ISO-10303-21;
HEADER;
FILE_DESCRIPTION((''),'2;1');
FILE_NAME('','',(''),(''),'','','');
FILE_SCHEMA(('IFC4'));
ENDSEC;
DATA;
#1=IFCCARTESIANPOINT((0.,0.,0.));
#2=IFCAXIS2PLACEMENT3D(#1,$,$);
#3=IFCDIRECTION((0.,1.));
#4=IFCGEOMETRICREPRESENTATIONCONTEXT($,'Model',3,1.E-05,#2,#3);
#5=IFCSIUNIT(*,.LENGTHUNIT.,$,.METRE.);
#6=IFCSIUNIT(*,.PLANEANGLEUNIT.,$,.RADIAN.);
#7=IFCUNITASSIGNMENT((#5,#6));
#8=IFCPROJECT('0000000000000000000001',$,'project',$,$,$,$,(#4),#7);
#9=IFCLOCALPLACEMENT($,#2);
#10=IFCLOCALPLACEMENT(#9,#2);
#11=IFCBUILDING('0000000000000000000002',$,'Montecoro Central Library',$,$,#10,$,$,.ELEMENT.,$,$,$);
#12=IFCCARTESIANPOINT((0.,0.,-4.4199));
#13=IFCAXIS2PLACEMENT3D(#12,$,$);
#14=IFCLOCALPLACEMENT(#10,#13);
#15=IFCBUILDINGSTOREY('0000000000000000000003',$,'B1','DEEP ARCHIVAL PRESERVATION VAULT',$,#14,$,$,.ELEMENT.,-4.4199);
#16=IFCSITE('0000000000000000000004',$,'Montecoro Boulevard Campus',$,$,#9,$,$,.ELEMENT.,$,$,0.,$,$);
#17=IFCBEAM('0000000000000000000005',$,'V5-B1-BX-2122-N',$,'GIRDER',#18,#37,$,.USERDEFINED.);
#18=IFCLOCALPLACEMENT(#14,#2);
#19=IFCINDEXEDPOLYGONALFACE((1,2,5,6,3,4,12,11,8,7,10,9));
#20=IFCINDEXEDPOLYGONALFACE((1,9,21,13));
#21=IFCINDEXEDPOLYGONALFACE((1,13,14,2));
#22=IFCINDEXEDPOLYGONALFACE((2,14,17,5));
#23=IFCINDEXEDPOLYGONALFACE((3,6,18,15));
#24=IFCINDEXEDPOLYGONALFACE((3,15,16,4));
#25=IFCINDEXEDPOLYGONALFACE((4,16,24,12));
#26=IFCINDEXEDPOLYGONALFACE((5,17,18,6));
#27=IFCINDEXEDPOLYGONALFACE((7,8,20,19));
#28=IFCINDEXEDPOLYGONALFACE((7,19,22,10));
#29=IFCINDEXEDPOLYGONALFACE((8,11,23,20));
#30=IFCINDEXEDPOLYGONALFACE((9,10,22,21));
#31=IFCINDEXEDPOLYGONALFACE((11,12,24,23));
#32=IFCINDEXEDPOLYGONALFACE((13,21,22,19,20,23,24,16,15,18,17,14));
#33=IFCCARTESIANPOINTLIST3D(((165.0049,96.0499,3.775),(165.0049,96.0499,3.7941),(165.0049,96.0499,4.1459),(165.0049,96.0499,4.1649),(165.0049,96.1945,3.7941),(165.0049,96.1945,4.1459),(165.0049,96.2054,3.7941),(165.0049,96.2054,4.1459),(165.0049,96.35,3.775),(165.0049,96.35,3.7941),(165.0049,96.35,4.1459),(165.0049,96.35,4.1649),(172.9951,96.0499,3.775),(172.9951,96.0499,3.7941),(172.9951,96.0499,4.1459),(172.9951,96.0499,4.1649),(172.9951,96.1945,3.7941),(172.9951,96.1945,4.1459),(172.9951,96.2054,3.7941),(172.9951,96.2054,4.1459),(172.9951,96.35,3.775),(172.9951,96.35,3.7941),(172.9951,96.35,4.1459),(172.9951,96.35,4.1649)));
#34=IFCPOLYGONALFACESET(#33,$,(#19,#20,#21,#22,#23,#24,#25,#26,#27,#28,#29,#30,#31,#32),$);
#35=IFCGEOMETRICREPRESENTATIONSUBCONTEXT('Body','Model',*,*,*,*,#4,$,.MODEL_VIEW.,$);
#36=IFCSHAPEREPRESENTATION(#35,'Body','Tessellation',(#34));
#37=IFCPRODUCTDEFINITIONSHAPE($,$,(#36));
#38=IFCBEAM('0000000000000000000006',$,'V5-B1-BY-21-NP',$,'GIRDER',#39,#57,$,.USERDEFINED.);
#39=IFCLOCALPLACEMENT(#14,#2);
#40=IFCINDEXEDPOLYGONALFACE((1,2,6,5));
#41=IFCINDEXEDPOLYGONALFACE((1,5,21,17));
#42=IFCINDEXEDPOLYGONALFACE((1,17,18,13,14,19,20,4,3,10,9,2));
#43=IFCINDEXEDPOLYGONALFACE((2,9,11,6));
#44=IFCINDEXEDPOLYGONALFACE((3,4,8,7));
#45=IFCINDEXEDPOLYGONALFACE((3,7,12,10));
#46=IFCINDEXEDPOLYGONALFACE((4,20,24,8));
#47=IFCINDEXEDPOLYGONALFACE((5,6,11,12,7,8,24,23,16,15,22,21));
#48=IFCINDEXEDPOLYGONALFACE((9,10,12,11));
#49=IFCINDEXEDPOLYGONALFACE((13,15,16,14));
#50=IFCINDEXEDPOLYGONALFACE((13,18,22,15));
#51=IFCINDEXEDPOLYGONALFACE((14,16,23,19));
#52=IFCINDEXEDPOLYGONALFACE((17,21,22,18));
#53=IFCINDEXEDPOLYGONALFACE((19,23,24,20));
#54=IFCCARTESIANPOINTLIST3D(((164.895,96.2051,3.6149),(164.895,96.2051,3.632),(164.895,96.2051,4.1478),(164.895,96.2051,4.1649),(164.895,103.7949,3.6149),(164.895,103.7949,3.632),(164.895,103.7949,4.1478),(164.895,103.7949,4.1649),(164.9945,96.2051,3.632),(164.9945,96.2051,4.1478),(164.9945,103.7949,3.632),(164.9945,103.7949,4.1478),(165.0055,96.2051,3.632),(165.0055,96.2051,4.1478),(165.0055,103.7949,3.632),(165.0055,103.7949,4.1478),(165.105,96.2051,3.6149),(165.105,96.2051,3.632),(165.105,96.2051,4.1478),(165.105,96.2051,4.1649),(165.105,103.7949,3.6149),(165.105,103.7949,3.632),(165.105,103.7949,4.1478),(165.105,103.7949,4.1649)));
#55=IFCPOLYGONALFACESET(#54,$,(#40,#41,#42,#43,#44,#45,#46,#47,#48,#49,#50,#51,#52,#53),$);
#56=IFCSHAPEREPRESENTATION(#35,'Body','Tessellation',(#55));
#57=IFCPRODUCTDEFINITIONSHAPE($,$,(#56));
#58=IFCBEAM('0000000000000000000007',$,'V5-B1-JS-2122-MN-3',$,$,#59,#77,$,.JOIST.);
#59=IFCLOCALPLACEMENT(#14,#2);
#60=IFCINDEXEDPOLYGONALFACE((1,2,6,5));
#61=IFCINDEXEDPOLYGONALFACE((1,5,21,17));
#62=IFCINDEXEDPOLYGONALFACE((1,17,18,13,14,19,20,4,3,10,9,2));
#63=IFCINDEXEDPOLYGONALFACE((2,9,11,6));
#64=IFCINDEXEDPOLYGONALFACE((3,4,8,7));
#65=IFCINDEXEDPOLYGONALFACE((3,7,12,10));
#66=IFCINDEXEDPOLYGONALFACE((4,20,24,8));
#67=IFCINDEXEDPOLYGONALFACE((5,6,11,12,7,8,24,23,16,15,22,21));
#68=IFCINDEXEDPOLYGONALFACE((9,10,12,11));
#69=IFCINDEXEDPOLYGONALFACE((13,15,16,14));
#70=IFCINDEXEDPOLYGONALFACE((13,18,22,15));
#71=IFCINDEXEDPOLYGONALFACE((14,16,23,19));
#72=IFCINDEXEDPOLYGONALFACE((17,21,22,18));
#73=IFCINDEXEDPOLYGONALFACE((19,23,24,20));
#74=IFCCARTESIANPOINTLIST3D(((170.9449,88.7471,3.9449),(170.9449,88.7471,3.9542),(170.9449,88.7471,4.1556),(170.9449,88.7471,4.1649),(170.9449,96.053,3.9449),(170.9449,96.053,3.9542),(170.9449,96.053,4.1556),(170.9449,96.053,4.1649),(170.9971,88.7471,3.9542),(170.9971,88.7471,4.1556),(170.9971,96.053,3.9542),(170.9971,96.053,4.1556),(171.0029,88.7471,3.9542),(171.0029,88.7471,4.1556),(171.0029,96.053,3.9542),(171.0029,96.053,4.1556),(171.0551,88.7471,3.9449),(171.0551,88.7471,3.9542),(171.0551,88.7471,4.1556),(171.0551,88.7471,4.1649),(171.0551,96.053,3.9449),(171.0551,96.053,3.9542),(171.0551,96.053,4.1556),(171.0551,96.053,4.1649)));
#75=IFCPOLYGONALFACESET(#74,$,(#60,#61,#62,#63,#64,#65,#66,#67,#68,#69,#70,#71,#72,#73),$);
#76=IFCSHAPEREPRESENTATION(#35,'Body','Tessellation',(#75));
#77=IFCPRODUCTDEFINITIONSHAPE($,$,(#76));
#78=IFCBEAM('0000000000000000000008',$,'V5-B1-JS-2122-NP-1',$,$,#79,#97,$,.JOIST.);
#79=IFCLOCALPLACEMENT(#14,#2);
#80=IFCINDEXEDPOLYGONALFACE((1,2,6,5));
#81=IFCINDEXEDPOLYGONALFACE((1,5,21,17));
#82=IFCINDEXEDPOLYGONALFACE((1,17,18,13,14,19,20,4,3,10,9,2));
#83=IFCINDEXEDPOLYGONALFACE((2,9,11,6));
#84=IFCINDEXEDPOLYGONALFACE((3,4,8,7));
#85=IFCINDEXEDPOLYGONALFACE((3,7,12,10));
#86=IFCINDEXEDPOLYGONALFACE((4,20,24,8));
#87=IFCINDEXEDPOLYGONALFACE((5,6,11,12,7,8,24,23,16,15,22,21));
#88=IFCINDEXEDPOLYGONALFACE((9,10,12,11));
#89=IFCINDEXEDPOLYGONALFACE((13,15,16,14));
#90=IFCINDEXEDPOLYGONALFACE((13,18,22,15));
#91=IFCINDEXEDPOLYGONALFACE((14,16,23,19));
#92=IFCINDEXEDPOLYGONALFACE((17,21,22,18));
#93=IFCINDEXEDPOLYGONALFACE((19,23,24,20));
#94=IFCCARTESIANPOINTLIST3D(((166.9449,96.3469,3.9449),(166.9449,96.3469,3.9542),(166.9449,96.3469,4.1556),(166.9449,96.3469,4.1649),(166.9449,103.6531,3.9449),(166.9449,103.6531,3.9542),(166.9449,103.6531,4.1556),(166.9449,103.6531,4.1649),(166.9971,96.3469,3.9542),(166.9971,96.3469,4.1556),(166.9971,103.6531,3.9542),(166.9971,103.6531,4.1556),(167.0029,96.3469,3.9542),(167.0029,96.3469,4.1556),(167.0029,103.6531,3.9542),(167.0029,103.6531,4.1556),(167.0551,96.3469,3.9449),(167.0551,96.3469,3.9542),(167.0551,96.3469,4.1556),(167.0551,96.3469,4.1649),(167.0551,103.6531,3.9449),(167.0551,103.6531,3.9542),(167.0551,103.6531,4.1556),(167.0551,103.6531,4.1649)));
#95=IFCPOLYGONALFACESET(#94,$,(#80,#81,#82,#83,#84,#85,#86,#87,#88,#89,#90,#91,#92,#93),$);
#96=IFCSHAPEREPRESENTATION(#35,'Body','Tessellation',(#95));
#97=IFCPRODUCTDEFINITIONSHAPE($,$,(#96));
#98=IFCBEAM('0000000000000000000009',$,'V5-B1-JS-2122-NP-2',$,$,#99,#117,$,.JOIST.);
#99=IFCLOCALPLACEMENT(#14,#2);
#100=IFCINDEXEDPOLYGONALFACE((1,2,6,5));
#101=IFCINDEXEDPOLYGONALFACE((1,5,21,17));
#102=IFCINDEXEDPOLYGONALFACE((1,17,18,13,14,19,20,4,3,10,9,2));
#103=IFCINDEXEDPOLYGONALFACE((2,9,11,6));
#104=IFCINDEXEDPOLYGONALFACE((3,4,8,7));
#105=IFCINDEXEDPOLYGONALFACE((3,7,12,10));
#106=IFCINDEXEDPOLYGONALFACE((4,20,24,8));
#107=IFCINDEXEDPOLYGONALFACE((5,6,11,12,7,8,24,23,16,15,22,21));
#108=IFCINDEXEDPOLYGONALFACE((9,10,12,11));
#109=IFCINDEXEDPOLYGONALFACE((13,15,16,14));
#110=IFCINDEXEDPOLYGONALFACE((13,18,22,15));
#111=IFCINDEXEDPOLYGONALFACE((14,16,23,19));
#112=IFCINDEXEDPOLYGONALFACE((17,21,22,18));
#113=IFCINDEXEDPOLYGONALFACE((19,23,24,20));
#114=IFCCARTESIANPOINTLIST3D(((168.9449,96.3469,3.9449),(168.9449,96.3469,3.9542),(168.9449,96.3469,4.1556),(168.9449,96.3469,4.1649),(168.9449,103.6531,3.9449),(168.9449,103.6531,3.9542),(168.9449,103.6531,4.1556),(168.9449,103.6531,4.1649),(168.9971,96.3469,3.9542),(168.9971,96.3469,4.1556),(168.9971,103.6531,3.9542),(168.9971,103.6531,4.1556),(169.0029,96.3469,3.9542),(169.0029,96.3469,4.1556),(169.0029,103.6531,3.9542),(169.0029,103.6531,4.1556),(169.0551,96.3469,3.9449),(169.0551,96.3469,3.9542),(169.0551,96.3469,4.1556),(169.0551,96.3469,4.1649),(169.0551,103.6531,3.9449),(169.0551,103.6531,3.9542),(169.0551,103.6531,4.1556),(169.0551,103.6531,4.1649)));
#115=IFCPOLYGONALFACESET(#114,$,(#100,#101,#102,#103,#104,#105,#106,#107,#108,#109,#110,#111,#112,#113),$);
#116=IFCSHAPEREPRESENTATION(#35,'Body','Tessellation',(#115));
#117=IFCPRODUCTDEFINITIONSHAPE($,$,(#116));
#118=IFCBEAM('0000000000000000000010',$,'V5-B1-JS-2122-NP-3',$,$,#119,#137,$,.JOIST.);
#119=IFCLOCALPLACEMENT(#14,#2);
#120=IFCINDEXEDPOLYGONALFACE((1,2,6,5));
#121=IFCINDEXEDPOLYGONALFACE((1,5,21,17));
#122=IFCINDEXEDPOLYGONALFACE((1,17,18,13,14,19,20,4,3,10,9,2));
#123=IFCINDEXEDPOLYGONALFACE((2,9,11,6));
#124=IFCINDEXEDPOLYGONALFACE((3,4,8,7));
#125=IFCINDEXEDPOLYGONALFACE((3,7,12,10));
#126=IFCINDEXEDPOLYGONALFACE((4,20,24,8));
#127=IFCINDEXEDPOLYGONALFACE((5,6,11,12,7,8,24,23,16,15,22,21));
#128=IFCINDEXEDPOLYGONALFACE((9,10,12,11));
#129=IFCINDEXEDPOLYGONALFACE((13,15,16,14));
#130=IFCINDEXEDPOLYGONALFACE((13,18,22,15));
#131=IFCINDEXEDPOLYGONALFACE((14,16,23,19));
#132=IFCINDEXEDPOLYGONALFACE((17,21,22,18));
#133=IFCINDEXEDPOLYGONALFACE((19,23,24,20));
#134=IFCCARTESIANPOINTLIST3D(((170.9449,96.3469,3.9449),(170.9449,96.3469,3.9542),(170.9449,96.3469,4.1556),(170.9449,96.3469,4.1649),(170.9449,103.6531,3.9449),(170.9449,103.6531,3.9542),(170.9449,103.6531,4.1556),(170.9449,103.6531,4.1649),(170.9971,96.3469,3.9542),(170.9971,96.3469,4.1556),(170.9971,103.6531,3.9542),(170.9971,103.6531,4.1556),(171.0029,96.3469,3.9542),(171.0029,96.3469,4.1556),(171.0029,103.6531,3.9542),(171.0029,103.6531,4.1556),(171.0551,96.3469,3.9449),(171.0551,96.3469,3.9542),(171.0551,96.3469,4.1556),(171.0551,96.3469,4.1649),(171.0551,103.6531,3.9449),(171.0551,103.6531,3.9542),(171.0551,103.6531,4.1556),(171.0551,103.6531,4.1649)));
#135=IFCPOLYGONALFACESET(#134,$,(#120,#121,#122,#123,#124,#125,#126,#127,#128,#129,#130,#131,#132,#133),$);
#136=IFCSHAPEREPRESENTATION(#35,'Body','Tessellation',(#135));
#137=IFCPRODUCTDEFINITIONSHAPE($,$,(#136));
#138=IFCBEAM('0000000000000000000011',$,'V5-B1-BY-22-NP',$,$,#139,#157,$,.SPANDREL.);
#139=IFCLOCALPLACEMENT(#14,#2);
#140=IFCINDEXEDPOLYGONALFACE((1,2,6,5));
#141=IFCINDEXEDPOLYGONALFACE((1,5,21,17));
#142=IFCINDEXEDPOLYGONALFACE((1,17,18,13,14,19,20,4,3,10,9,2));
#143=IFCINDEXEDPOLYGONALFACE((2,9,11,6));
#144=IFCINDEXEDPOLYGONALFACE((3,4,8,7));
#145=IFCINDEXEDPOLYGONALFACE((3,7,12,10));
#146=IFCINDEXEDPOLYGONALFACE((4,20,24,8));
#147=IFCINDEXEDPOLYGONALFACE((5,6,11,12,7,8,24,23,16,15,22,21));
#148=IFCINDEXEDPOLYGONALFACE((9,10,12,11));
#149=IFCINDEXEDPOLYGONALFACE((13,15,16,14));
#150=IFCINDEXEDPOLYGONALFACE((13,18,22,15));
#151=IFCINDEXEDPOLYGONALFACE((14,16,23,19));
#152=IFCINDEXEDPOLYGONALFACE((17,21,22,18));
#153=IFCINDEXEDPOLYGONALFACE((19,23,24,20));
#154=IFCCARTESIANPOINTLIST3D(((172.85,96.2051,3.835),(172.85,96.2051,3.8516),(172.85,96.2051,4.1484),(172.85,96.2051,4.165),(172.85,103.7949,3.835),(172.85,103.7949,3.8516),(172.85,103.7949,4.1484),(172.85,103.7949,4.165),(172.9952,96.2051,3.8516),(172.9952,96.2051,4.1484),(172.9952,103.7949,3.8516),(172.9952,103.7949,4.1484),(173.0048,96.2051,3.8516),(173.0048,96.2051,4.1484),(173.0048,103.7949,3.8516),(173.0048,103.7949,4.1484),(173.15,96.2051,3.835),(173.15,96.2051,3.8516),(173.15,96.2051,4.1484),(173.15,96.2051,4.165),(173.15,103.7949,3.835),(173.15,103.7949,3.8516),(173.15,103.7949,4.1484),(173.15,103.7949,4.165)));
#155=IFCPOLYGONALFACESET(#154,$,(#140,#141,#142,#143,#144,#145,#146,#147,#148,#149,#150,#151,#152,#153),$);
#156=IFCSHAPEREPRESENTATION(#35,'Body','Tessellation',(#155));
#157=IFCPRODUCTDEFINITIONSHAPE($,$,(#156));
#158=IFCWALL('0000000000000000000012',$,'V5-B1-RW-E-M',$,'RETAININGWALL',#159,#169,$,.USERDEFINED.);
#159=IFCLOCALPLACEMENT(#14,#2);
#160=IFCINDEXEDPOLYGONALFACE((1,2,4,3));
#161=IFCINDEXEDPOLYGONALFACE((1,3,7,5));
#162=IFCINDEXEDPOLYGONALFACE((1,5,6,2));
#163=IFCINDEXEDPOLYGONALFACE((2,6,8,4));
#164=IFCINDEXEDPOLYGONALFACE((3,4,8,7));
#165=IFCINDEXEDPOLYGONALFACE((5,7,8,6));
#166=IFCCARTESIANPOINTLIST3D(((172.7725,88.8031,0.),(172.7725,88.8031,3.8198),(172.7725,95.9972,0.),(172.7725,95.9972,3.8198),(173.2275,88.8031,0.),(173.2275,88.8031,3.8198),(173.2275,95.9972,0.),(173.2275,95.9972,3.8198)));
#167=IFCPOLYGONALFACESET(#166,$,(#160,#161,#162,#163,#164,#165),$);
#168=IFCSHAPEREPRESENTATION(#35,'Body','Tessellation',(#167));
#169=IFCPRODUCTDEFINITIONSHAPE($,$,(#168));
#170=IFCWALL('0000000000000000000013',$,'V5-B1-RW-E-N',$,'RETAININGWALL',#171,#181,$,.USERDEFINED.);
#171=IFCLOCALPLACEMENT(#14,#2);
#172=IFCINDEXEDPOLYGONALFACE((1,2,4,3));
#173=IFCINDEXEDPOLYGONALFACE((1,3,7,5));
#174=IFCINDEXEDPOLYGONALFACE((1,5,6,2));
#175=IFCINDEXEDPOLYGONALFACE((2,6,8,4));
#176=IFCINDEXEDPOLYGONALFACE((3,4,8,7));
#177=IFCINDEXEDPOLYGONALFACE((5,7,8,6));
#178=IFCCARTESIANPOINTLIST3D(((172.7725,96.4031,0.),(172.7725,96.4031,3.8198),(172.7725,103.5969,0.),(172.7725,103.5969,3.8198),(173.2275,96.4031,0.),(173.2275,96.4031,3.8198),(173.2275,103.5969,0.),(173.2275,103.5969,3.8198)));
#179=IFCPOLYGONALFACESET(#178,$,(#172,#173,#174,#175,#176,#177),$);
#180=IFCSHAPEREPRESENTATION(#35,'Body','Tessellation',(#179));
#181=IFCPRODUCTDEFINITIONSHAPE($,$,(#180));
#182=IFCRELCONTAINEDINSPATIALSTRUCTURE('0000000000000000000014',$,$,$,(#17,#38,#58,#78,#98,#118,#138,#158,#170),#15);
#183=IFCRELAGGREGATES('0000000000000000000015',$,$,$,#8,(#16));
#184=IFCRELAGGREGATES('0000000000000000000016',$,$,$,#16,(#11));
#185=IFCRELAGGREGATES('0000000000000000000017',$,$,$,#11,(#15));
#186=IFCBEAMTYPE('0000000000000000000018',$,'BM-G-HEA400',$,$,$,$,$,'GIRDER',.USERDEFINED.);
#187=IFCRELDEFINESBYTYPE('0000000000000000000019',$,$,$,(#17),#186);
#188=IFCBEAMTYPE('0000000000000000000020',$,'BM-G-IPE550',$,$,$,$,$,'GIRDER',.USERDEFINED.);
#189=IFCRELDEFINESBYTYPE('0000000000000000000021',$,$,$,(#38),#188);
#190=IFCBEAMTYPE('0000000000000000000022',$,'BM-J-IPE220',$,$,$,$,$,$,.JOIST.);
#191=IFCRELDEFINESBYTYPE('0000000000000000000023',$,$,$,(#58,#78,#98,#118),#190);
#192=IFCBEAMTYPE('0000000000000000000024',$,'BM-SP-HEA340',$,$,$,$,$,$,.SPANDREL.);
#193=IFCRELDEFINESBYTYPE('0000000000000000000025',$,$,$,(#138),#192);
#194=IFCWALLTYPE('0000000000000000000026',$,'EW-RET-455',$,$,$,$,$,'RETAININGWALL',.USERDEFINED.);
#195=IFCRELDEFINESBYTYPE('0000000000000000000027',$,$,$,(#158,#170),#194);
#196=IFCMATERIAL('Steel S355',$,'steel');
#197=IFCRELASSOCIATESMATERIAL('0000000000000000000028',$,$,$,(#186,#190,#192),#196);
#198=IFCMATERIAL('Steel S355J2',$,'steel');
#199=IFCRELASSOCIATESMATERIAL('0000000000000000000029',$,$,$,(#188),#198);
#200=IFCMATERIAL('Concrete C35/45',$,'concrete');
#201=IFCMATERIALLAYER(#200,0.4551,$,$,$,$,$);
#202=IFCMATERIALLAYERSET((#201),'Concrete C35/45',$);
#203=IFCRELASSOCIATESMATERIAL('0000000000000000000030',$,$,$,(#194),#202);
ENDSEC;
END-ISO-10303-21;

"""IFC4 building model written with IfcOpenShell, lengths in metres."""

from ifc_helpers import new_model, si_unit, direction, frame, frame_2d, origin, origin_2d, place, context, subcontext, project, spatial, rectangle, i_section, extrude, material, layer, layer_set, material_profile, profile_set, type_object, element, save


model = new_model("IFC4")

# Units and contexts
model_context = context("Model", 3, precision=1e-05, world=origin(), true_north=direction((0.0, 1.0)))
body_context = subcontext(model_context, "Body", "Model", "MODEL_VIEW")
ifc_project = project(units=[si_unit("LENGTHUNIT", "METRE"), si_unit("PLANEANGLEUNIT", "RADIAN")], contexts=[model_context])

# Site, building, storey
site_placement = place(None, origin())
site = spatial("IfcSite", under=ifc_project, at=site_placement, Name="Montecoro Boulevard Campus", CompositionType="ELEMENT", RefElevation=0.0)
building_placement = place(site_placement, origin())
building = spatial("IfcBuilding", under=site, at=building_placement, Name="Montecoro Central Library", CompositionType="ELEMENT")
storey_placement = place(building_placement, frame((0.0, 0.0, -4.4199)))
storey = spatial("IfcBuildingStorey", under=building, at=storey_placement, Name="B1", Description="DEEP ARCHIVAL PRESERVATION VAULT", CompositionType="ELEMENT", Elevation=-4.4199)

# Shared definitions
ifc_material_1 = material(Name="Concrete C35/45", Category="concrete")

# Shared definitions
ifc_material_2 = material(Name="Steel S355J2", Category="steel")

# Beams
ifc_material_3 = material(Name="Steel S355", Category="steel")
ifc_material_profile_1 = material_profile(ifc_material_3, i_section(OverallWidth=0.3, OverallDepth=0.3899, WebThickness=0.011, FlangeThickness=0.019, at=origin_2d()), Name="HEA 400")
ifc_profile_set_1 = profile_set([ifc_material_profile_1], Name="Steel S355")
beam_type_1 = type_object("IfcBeamType", Name="BM-G-HEA400", ElementType="GIRDER", PredefinedType="USERDEFINED", material=ifc_profile_set_1)
beam_1_placement = place(storey_placement, frame((165.0049, 96.2, 3.97), z_axis=(1.0, 0.0, 0.0), x_axis=(0.0, 1.0, 0.0)))
element("IfcBeam", 1, at=beam_1_placement, inside=storey, type_object=beam_type_1, Name="V5-B1-BX-2122-N", ObjectType="GIRDER", PredefinedType="USERDEFINED", context=body_context, shape_type="SweptSolid", body=[
    extrude(i_section(OverallWidth=0.3, OverallDepth=0.3899, WebThickness=0.011, FlangeThickness=0.019, at=origin_2d()), origin(), (0.0, 0.0, 1.0), 7.9902),
])
ifc_material_profile_2 = material_profile(ifc_material_2, i_section(OverallWidth=0.21, OverallDepth=0.55, WebThickness=0.011, FlangeThickness=0.0171, at=origin_2d()), Name="IPE 550")
ifc_profile_set_2 = profile_set([ifc_material_profile_2], Name="Steel S355J2")
beam_type_2 = type_object("IfcBeamType", Name="BM-G-IPE550", ElementType="GIRDER", PredefinedType="USERDEFINED", material=ifc_profile_set_2)
beam_2_placement = place(storey_placement, frame((165.0, 96.2051, 3.8899), z_axis=(0.0, 1.0, 0.0), x_axis=(-1.0, 0.0, 0.0)))
element("IfcBeam", 2, at=beam_2_placement, inside=storey, type_object=beam_type_2, Name="V5-B1-BY-21-NP", ObjectType="GIRDER", PredefinedType="USERDEFINED", context=body_context, shape_type="SweptSolid", body=[
    extrude(i_section(OverallWidth=0.21, OverallDepth=0.55, WebThickness=0.011, FlangeThickness=0.0171, at=origin_2d()), origin(), (0.0, 0.0, 1.0), 7.5898),
])
ifc_material_profile_3 = material_profile(ifc_material_3, i_section(OverallWidth=0.1101, OverallDepth=0.22, WebThickness=0.0059, FlangeThickness=0.0093, at=origin_2d()), Name="IPE 220")
ifc_profile_set_3 = profile_set([ifc_material_profile_3], Name="Steel S355")
beam_type_3 = type_object("IfcBeamType", Name="BM-J-IPE220", PredefinedType="JOIST", material=ifc_profile_set_3)
beam_3_placement = place(storey_placement, frame((171.0, 88.7471, 4.0549), z_axis=(0.0, 1.0, 0.0), x_axis=(-1.0, 0.0, 0.0)))
element("IfcBeam", 3, at=beam_3_placement, inside=storey, type_object=beam_type_3, Name="V5-B1-JS-2122-MN-3", PredefinedType="JOIST", context=body_context, shape_type="SweptSolid", body=[
    extrude(i_section(OverallWidth=0.1101, OverallDepth=0.22, WebThickness=0.0059, FlangeThickness=0.0093, at=origin_2d()), origin(), (0.0, 0.0, 1.0), 7.3059),
])
for number, where, z_axis, x_axis, name in (
    (4, (167.0, 96.3469, 4.0549), (0.0, 1.0, 0.0), (-1.0, 0.0, 0.0), "V5-B1-JS-2122-NP-1"),
    (5, (169.0, 96.3469, 4.0549), (0.0, 1.0, 0.0), (-1.0, 0.0, 0.0), "V5-B1-JS-2122-NP-2"),
    (6, (171.0, 96.3469, 4.0549), (0.0, 1.0, 0.0), (-1.0, 0.0, 0.0), "V5-B1-JS-2122-NP-3"),
):
    element("IfcBeam", number, at=place(storey_placement, frame(where, z_axis=z_axis, x_axis=x_axis)), inside=storey, type_object=beam_type_3, Name=name, PredefinedType="JOIST", context=body_context, shape_type="SweptSolid", body=[
        extrude(i_section(OverallWidth=0.1101, OverallDepth=0.22, WebThickness=0.0059, FlangeThickness=0.0093, at=origin_2d()), origin(), (0.0, 0.0, 1.0), 7.3062),
    ])
ifc_material_profile_4 = material_profile(ifc_material_3, i_section(OverallWidth=0.3, OverallDepth=0.3301, WebThickness=0.0095, FlangeThickness=0.0166, at=origin_2d()), Name="HEA 340")
ifc_profile_set_4 = profile_set([ifc_material_profile_4], Name="Steel S355")
beam_type_4 = type_object("IfcBeamType", Name="BM-SP-HEA340", PredefinedType="SPANDREL", material=ifc_profile_set_4)
beam_4_placement = place(storey_placement, frame((173.0, 96.2051, 4.0), z_axis=(0.0, 1.0, 0.0), x_axis=(-1.0, 0.0, 0.0)))
element("IfcBeam", 7, at=beam_4_placement, inside=storey, type_object=beam_type_4, Name="V5-B1-BY-22-NP", PredefinedType="SPANDREL", context=body_context, shape_type="SweptSolid", body=[
    extrude(i_section(OverallWidth=0.3, OverallDepth=0.3301, WebThickness=0.0095, FlangeThickness=0.0166, at=origin_2d()), origin(), (0.0, 0.0, 1.0), 7.5898),
])

# Walls
ifc_layer = layer(ifc_material_1, 0.4551)
ifc_layer_set = layer_set([ifc_layer], Name="Concrete C35/45")
wall_type = type_object("IfcWallType", Name="EW-RET-455", ElementType="RETAININGWALL", PredefinedType="USERDEFINED", material=ifc_layer_set)
wall_1_placement = place(storey_placement, frame((173.0, 88.803, 0.0), z_axis=(0.0, 0.0, 1.0), x_axis=(0.0, 1.0, 0.0)))
element("IfcWall", 8, at=wall_1_placement, inside=storey, type_object=wall_type, Name="V5-B1-RW-E-M", ObjectType="RETAININGWALL", PredefinedType="USERDEFINED", context=body_context, shape_type="SweptSolid", body=[
    extrude(rectangle(XDim=7.1941, YDim=0.4551, at=frame_2d((3.5972, 0.0))), origin(), (0.0, 0.0, 1.0), 3.8198),
])
wall_2_placement = place(storey_placement, frame((173.0, 96.4031, 0.0), z_axis=(0.0, 0.0, 1.0), x_axis=(0.0, 1.0, 0.0)))
element("IfcWall", 9, at=wall_2_placement, inside=storey, type_object=wall_type, Name="V5-B1-RW-E-N", ObjectType="RETAININGWALL", PredefinedType="USERDEFINED", context=body_context, shape_type="SweptSolid", body=[
    extrude(rectangle(XDim=7.1938, YDim=0.4551, at=frame_2d((3.5969, 0.0))), origin(), (0.0, 0.0, 1.0), 3.8198),
])

save(model, "model.ifc")
